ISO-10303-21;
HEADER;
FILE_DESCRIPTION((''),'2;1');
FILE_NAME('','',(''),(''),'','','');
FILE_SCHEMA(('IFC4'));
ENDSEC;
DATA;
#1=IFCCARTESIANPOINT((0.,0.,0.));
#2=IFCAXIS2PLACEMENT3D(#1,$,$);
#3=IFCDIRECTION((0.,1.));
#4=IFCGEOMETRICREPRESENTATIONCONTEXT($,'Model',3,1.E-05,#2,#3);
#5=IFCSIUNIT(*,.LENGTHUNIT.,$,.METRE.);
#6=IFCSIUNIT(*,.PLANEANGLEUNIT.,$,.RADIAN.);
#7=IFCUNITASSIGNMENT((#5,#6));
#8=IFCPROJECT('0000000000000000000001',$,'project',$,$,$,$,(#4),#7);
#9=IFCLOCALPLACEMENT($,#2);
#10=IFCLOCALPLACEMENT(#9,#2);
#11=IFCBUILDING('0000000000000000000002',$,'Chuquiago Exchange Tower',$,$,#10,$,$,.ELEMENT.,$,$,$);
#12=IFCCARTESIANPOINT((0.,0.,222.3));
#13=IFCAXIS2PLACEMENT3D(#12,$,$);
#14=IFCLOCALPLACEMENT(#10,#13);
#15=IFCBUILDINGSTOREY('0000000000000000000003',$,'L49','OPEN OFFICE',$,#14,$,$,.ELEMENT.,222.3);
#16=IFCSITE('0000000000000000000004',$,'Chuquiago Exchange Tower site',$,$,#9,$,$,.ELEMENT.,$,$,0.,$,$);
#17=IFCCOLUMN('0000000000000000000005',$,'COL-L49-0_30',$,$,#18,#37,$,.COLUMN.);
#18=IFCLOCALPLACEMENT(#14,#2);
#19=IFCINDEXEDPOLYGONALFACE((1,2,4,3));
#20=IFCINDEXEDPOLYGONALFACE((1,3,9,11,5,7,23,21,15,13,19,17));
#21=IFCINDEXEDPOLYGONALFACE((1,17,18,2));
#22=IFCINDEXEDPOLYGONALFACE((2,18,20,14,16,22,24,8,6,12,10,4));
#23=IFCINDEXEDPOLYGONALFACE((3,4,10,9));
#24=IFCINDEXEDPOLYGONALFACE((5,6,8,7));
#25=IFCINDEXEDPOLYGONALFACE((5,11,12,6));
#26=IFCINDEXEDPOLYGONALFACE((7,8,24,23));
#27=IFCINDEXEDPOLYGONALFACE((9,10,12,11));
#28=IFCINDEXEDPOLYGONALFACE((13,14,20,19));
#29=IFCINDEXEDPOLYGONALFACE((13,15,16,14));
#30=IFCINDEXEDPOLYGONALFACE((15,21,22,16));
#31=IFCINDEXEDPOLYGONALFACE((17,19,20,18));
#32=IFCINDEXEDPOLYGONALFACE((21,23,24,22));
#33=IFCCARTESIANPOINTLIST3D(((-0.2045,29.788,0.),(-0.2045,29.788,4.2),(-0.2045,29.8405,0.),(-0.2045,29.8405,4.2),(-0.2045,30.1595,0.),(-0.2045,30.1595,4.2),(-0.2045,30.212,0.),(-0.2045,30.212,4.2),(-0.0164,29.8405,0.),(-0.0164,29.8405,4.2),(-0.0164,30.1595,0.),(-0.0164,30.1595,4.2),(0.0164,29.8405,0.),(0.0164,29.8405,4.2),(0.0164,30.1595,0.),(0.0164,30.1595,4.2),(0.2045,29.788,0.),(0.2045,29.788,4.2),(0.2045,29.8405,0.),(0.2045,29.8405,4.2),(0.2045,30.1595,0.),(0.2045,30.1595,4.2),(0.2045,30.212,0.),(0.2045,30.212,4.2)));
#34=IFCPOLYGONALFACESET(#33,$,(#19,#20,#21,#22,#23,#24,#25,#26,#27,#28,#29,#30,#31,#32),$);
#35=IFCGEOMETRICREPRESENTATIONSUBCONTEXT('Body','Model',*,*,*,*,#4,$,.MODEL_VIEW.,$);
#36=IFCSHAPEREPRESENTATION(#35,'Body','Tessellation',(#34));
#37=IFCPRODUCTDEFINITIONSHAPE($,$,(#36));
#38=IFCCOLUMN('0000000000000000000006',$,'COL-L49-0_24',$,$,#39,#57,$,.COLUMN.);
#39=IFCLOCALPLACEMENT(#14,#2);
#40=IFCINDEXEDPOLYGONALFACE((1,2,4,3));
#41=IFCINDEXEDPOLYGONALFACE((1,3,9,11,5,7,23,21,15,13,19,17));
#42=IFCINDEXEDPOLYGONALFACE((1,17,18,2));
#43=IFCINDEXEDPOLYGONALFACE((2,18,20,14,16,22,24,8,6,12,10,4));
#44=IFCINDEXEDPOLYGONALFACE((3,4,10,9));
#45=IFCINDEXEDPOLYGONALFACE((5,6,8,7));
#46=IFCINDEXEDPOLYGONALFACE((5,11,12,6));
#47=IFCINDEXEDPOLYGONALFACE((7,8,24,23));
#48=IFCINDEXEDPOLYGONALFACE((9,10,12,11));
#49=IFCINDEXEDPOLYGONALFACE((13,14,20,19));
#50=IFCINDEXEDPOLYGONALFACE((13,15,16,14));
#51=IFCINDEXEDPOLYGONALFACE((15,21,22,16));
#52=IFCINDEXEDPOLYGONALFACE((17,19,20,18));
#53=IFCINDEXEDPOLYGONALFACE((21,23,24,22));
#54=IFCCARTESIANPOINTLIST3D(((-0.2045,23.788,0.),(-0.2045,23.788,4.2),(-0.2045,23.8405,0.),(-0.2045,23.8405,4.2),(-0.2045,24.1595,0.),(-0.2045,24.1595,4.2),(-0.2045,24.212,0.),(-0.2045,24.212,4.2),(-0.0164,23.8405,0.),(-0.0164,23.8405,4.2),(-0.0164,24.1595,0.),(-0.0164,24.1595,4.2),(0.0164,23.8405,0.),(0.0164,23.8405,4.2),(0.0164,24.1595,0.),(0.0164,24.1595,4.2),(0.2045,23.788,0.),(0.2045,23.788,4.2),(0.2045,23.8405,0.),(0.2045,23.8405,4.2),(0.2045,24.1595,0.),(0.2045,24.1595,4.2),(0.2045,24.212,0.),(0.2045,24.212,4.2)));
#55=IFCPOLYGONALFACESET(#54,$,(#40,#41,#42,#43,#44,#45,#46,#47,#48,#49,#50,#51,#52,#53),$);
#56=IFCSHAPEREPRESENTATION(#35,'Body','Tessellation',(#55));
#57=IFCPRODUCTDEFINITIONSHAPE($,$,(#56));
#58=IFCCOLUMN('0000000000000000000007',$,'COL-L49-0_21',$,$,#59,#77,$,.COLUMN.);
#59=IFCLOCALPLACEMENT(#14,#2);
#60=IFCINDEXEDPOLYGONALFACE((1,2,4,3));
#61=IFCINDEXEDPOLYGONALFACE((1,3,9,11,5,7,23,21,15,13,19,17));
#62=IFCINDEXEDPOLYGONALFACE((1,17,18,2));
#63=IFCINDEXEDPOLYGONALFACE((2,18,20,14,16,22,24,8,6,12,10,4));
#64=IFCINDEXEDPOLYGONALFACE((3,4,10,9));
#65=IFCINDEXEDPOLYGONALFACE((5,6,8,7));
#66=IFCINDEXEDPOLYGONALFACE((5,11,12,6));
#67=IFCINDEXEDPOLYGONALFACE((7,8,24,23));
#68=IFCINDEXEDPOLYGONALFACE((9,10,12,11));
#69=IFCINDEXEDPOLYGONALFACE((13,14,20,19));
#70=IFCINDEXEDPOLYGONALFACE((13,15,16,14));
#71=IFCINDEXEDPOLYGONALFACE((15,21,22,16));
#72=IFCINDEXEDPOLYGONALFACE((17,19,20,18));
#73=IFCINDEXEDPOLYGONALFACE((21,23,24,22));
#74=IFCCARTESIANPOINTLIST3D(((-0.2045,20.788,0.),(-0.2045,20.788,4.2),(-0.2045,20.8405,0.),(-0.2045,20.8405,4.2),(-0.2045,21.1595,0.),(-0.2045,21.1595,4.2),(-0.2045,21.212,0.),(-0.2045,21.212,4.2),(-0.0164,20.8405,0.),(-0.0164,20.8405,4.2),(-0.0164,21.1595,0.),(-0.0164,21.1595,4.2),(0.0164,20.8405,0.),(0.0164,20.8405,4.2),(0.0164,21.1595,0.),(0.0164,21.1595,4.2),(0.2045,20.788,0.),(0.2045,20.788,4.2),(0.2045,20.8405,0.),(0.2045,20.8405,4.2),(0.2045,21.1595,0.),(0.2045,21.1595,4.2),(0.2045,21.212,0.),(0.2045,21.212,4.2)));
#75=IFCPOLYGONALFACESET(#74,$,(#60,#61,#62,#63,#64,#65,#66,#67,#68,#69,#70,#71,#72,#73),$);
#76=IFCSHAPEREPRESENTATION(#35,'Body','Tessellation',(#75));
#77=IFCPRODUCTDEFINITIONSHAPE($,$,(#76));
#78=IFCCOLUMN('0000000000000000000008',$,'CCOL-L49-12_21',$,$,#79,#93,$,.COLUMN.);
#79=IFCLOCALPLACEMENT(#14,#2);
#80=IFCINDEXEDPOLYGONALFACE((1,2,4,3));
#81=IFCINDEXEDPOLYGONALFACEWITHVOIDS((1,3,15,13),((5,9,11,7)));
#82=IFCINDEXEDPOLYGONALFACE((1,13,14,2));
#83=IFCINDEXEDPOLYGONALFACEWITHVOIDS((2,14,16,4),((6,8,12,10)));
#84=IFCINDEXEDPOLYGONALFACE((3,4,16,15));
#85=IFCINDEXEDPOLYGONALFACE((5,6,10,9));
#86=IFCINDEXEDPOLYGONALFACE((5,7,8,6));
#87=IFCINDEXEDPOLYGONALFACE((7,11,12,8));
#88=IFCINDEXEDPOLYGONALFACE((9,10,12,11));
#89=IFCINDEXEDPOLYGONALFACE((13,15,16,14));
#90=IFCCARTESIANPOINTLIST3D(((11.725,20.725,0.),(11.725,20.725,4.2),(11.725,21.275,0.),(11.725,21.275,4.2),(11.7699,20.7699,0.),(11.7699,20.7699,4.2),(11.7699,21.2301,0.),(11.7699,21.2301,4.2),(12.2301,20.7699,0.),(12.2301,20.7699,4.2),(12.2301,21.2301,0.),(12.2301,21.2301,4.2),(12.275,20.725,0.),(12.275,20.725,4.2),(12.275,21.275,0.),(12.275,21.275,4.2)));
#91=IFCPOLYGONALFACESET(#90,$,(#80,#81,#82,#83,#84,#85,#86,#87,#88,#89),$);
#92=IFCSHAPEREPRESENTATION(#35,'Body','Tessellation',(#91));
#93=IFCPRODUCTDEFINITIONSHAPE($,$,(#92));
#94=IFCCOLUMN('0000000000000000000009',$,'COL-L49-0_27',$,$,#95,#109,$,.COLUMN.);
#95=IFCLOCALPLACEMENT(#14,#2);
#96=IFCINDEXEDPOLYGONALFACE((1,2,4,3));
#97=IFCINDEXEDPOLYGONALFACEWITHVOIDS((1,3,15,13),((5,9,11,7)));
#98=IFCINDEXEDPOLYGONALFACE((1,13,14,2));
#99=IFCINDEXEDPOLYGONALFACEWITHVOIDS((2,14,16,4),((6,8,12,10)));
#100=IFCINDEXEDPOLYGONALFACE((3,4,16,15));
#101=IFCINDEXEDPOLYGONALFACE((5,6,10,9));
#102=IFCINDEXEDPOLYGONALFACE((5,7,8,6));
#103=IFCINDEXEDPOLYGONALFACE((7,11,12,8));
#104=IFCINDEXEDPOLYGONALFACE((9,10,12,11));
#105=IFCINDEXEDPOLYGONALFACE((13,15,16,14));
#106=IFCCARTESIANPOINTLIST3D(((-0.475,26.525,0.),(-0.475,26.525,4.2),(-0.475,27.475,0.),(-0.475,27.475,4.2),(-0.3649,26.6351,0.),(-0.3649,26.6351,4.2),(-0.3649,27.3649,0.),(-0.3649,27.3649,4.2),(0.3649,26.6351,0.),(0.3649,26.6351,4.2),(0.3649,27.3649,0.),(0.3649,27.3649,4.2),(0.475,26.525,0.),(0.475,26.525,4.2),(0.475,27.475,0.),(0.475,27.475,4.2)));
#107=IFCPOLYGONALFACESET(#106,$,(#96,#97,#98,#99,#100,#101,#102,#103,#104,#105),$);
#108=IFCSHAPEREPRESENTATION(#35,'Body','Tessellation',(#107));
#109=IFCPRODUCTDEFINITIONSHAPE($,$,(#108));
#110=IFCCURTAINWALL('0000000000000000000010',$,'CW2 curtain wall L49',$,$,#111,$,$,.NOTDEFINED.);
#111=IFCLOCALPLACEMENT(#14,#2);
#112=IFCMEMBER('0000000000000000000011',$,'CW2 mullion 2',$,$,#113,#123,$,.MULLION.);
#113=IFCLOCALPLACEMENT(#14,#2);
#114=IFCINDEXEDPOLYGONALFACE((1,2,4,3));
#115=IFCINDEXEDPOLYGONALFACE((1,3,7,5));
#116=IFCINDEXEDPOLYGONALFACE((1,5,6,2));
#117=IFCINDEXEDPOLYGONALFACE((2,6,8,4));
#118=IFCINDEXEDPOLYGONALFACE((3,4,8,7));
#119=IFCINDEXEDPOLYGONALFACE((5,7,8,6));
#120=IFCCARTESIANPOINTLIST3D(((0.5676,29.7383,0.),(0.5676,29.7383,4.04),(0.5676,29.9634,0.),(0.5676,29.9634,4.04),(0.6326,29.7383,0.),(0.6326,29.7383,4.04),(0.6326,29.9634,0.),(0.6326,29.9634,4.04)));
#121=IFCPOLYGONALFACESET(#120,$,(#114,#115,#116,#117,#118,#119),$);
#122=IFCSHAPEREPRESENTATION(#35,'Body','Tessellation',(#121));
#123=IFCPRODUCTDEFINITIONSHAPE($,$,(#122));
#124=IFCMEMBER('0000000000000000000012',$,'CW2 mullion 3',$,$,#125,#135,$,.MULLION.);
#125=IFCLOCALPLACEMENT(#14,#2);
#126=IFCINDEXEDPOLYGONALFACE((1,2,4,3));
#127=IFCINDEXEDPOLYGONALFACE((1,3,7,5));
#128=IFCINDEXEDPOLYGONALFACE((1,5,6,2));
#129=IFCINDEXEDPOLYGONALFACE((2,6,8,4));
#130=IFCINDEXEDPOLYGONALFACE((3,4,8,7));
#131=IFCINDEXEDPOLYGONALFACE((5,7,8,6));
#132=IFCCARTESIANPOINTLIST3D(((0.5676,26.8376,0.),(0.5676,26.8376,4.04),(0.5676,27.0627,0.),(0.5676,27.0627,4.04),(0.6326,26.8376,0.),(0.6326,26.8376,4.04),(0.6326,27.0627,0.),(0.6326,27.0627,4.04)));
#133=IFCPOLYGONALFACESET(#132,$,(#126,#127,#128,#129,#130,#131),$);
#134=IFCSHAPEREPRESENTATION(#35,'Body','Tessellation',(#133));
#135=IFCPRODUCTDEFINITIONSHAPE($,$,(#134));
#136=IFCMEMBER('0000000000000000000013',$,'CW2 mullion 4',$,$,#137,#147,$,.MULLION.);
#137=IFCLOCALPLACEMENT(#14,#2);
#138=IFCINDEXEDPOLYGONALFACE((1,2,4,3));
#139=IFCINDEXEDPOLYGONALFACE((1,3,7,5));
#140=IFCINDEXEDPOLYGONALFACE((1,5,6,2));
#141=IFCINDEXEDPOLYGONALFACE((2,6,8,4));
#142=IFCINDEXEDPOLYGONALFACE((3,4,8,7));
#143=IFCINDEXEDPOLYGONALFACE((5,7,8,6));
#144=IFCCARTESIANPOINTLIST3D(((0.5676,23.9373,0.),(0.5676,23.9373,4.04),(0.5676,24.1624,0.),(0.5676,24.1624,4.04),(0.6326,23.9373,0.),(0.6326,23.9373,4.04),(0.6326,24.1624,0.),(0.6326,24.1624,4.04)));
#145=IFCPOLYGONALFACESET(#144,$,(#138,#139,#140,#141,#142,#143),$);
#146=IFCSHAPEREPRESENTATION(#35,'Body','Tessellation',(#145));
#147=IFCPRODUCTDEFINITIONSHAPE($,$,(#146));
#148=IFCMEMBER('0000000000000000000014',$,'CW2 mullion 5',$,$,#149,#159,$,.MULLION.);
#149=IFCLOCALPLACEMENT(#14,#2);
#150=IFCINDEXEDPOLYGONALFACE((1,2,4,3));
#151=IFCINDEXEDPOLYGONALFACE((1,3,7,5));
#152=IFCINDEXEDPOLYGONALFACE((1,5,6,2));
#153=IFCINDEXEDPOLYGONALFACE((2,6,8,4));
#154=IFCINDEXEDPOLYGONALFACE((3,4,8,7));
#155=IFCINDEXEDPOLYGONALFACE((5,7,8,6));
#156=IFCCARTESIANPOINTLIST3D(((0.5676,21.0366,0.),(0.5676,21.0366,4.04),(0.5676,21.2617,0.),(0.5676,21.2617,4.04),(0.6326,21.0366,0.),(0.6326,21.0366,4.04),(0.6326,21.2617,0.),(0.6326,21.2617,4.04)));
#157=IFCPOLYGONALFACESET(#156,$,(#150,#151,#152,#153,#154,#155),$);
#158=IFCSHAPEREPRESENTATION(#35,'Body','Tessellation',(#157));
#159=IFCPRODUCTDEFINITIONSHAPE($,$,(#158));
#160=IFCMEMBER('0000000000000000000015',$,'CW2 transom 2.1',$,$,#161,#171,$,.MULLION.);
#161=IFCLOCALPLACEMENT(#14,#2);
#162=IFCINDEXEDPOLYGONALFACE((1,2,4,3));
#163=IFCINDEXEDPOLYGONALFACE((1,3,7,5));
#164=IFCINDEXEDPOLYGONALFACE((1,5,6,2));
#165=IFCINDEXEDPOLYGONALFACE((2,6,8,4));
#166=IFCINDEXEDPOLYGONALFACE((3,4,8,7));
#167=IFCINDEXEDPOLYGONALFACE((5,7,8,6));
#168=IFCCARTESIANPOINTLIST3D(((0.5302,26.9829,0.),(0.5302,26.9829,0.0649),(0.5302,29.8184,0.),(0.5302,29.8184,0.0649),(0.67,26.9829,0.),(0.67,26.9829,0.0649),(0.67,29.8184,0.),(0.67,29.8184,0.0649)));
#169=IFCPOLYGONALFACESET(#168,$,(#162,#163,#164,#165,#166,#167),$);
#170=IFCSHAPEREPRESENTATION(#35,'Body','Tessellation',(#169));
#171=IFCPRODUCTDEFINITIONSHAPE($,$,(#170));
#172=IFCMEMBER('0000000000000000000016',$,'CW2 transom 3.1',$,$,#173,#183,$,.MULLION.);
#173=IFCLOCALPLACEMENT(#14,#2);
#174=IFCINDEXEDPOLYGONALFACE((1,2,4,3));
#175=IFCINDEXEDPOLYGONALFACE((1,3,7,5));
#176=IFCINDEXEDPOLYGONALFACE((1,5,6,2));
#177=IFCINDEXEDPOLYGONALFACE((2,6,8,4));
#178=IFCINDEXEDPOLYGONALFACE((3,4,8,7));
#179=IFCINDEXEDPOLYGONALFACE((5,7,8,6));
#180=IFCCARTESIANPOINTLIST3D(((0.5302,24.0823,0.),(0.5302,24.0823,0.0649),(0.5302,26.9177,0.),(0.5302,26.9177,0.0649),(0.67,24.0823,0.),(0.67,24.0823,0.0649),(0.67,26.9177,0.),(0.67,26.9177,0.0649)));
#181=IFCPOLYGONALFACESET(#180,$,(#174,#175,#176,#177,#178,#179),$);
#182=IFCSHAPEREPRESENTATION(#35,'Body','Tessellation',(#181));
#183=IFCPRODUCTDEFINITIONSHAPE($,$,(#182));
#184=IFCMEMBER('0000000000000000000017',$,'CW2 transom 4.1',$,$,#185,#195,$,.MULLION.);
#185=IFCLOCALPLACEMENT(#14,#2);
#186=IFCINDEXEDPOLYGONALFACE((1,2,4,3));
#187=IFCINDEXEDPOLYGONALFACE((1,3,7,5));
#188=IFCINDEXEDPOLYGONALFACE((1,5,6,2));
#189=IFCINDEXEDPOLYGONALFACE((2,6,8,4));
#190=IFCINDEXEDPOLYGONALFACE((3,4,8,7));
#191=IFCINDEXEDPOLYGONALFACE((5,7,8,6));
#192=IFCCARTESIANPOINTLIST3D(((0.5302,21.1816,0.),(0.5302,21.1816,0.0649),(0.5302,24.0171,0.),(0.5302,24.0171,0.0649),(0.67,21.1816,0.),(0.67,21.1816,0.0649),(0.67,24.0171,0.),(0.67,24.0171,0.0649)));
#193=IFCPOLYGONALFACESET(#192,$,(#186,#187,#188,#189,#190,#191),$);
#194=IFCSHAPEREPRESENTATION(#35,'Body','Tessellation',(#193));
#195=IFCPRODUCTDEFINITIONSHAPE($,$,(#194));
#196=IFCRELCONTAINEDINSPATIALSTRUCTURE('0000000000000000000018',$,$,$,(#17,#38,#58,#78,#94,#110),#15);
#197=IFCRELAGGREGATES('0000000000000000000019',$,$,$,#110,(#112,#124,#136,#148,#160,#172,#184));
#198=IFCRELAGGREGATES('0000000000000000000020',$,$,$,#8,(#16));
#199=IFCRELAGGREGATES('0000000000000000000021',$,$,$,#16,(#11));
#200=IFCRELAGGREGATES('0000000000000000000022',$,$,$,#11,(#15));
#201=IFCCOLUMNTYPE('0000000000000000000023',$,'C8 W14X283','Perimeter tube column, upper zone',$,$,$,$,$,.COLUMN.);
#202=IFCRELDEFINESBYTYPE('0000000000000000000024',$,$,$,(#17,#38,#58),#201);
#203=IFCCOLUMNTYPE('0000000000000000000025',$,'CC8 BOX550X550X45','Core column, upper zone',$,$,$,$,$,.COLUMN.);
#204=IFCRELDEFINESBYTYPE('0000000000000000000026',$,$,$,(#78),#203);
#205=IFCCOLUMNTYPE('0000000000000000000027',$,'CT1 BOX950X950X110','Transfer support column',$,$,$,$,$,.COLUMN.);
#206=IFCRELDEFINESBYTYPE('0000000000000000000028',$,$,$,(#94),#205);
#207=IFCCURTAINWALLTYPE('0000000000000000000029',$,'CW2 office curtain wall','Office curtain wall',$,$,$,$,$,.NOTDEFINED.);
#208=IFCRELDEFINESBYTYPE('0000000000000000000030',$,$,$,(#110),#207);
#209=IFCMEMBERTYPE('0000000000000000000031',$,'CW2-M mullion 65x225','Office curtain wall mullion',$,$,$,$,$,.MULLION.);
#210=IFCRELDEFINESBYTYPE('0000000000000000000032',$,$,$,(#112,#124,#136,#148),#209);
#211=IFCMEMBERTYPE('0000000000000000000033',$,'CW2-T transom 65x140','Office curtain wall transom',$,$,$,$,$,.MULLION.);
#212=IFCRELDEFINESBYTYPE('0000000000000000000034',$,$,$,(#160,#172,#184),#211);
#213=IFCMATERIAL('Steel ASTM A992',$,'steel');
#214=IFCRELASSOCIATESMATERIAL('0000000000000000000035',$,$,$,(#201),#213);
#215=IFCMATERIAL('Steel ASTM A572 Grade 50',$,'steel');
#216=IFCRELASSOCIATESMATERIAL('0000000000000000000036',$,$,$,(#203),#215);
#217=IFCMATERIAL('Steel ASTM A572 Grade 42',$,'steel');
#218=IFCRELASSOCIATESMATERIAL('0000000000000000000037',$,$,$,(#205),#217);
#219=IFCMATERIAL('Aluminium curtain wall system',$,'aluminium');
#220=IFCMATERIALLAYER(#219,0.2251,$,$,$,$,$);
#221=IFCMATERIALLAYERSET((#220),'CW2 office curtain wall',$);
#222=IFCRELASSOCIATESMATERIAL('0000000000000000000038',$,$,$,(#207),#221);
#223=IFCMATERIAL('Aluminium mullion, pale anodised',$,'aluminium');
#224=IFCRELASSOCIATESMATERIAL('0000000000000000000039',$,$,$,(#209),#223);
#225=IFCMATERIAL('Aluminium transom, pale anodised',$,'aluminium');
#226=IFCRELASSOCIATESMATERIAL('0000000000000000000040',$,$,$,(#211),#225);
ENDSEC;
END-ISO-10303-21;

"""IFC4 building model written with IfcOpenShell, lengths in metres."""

from ifc_helpers import new_model, si_unit, direction, frame, origin, origin_2d, place, context, subcontext, project, spatial, rectangle, hollow_rectangle, i_section, extrude, material, layer, layer_set, material_profile, profile_set, type_object, element, aggregate, save


model = new_model("IFC4")

# Units and contexts
model_context = context("Model", 3, precision=1e-05, world=origin(), true_north=direction((0.0, 1.0)))
body_context = subcontext(model_context, "Body", "Model", "MODEL_VIEW")
ifc_project = project(units=[si_unit("LENGTHUNIT", "METRE"), si_unit("PLANEANGLEUNIT", "RADIAN")], contexts=[model_context])

# Site, building, storey
site_placement = place(None, origin())
site = spatial("IfcSite", under=ifc_project, at=site_placement, Name="Chuquiago Exchange Tower site", CompositionType="ELEMENT", RefElevation=0.0)
building_placement = place(site_placement, origin())
building = spatial("IfcBuilding", under=site, at=building_placement, Name="Chuquiago Exchange Tower", CompositionType="ELEMENT")
storey_placement = place(building_placement, frame((0.0, 0.0, 222.3)))
storey = spatial("IfcBuildingStorey", under=building, at=storey_placement, Name="L49", Description="OPEN OFFICE", CompositionType="ELEMENT", Elevation=222.3)

# Columns
ifc_material_1 = material(Name="Steel ASTM A992", Category="steel")
ifc_material_profile_1 = material_profile(ifc_material_1, i_section(OverallWidth=0.4089, OverallDepth=0.4241, WebThickness=0.0327, FlangeThickness=0.0525, at=origin_2d()), Name="W14X283")
ifc_profile_set_1 = profile_set([ifc_material_profile_1], Name="Steel ASTM A992")
column_type_1 = type_object("IfcColumnType", Name="C8 W14X283", Description="Perimeter tube column, upper zone", PredefinedType="COLUMN", material=ifc_profile_set_1)
for number, where, z_axis, x_axis, name in (
    (1, (0.0, 30.0, 0.0), (0.0, 0.0, 1.0), (-1.0, 0.0, 0.0), "COL-L49-0_30"),
    (2, (0.0, 24.0, 0.0), (0.0, 0.0, 1.0), (-1.0, 0.0, 0.0), "COL-L49-0_24"),
    (3, (0.0, 21.0, 0.0), (0.0, 0.0, 1.0), (-1.0, 0.0, 0.0), "COL-L49-0_21"),
):
    element("IfcColumn", number, at=place(storey_placement, frame(where, z_axis=z_axis, x_axis=x_axis)), inside=storey, type_object=column_type_1, Name=name, PredefinedType="COLUMN", context=body_context, shape_type="SweptSolid", body=[
        extrude(i_section(OverallWidth=0.4089, OverallDepth=0.4241, WebThickness=0.0327, FlangeThickness=0.0525, at=origin_2d()), origin(), (0.0, 0.0, 1.0), 4.2),
    ])
ifc_material_2 = material(Name="Steel ASTM A572 Grade 50", Category="steel")
ifc_material_profile_2 = material_profile(ifc_material_2, hollow_rectangle(XDim=0.55, YDim=0.55, WallThickness=0.0449, at=origin_2d()), Name="BOX550X550X45")
ifc_profile_set_2 = profile_set([ifc_material_profile_2], Name="Steel ASTM A572 Grade 50")
column_type_2 = type_object("IfcColumnType", Name="CC8 BOX550X550X45", Description="Core column, upper zone", PredefinedType="COLUMN", material=ifc_profile_set_2)
column_1_placement = place(storey_placement, frame((12.0, 21.0, 0.0), z_axis=(0.0, 0.0, 1.0), x_axis=(1.0, 0.0, 0.0)))
element("IfcColumn", 4, at=column_1_placement, inside=storey, type_object=column_type_2, Name="CCOL-L49-12_21", PredefinedType="COLUMN", context=body_context, shape_type="SweptSolid", body=[
    extrude(hollow_rectangle(XDim=0.55, YDim=0.55, WallThickness=0.0449, at=origin_2d()), origin(), (0.0, 0.0, 1.0), 4.2),
])
ifc_material_3 = material(Name="Steel ASTM A572 Grade 42", Category="steel")
ifc_material_profile_3 = material_profile(ifc_material_3, hollow_rectangle(XDim=0.95, YDim=0.95, WallThickness=0.1101, at=origin_2d()), Name="BOX950X950X110")
ifc_profile_set_3 = profile_set([ifc_material_profile_3], Name="Steel ASTM A572 Grade 42")
column_type_3 = type_object("IfcColumnType", Name="CT1 BOX950X950X110", Description="Transfer support column", PredefinedType="COLUMN", material=ifc_profile_set_3)
column_2_placement = place(storey_placement, frame((0.0, 27.0, 0.0), z_axis=(0.0, 0.0, 1.0), x_axis=(-1.0, 0.0, 0.0)))
element("IfcColumn", 5, at=column_2_placement, inside=storey, type_object=column_type_3, Name="COL-L49-0_27", PredefinedType="COLUMN", context=body_context, shape_type="SweptSolid", body=[
    extrude(hollow_rectangle(XDim=0.95, YDim=0.95, WallThickness=0.1101, at=origin_2d()), origin(), (0.0, 0.0, 1.0), 4.2),
])

# Curtain wall, members
ifc_material_4 = material(Name="Aluminium curtain wall system", Category="aluminium")
ifc_layer_1 = layer(ifc_material_4, 0.2251)
ifc_layer_set_1 = layer_set([ifc_layer_1], Name="CW2 office curtain wall")
curtain_wall_type = type_object("IfcCurtainWallType", Name="CW2 office curtain wall", Description="Office curtain wall", PredefinedType="NOTDEFINED", material=ifc_layer_set_1)
curtain_wall_placement = place(storey_placement, origin())
curtain_wall = element("IfcCurtainWall", 6, at=curtain_wall_placement, inside=storey, type_object=curtain_wall_type, Name="CW2 curtain wall L49", PredefinedType="NOTDEFINED")
ifc_material_5 = material(Name="Aluminium mullion, pale anodised", Category="aluminium")
ifc_material_profile_4 = material_profile(ifc_material_5, rectangle(XDim=0.0649, YDim=0.2251, at=origin_2d()), Name="AL 65x225")
ifc_profile_set_4 = profile_set([ifc_material_profile_4], Name="Aluminium mullion, pale anodised")
member_type_1 = type_object("IfcMemberType", Name="CW2-M mullion 65x225", Description="Office curtain wall mullion", PredefinedType="MULLION", material=ifc_profile_set_4)
member_1_placement = place(storey_placement, frame((0.6001, 29.8508, 0.0), z_axis=(0.0, 0.0, 1.0), x_axis=(1.0, 0.0, 0.0)))
member_1 = element("IfcMember", 7, at=member_1_placement, type_object=member_type_1, Name="CW2 mullion 2", PredefinedType="MULLION", context=body_context, shape_type="SweptSolid", body=[
    extrude(rectangle(XDim=0.0649, YDim=0.2251, at=origin_2d()), origin(), (0.0, 0.0, 1.0), 4.04),
])
member_2_placement = place(storey_placement, frame((0.6001, 26.9502, 0.0), z_axis=(0.0, 0.0, 1.0), x_axis=(1.0, 0.0, 0.0)))
member_2 = element("IfcMember", 8, at=member_2_placement, type_object=member_type_1, Name="CW2 mullion 3", PredefinedType="MULLION", context=body_context, shape_type="SweptSolid", body=[
    extrude(rectangle(XDim=0.0649, YDim=0.2251, at=origin_2d()), origin(), (0.0, 0.0, 1.0), 4.04),
])
member_3_placement = place(storey_placement, frame((0.6001, 24.0498, 0.0), z_axis=(0.0, 0.0, 1.0), x_axis=(1.0, 0.0, 0.0)))
member_3 = element("IfcMember", 9, at=member_3_placement, type_object=member_type_1, Name="CW2 mullion 4", PredefinedType="MULLION", context=body_context, shape_type="SweptSolid", body=[
    extrude(rectangle(XDim=0.0649, YDim=0.2251, at=origin_2d()), origin(), (0.0, 0.0, 1.0), 4.04),
])
member_4_placement = place(storey_placement, frame((0.6001, 21.1492, 0.0), z_axis=(0.0, 0.0, 1.0), x_axis=(1.0, 0.0, 0.0)))
member_4 = element("IfcMember", 10, at=member_4_placement, type_object=member_type_1, Name="CW2 mullion 5", PredefinedType="MULLION", context=body_context, shape_type="SweptSolid", body=[
    extrude(rectangle(XDim=0.0649, YDim=0.2251, at=origin_2d()), origin(), (0.0, 0.0, 1.0), 4.04),
])
ifc_material_6 = material(Name="Aluminium transom, pale anodised", Category="aluminium")
ifc_material_profile_5 = material_profile(ifc_material_6, rectangle(XDim=0.1399, YDim=0.0649, at=origin_2d()), Name="AL 140x65")
ifc_profile_set_5 = profile_set([ifc_material_profile_5], Name="Aluminium transom, pale anodised")
member_type_2 = type_object("IfcMemberType", Name="CW2-T transom 65x140", Description="Office curtain wall transom", PredefinedType="MULLION", material=ifc_profile_set_5)
member_5_placement = place(storey_placement, frame((0.6001, 29.8184, 0.0325), z_axis=(0.0, -1.0, 0.0), x_axis=(1.0, 0.0, 0.0)))
member_5 = element("IfcMember", 11, at=member_5_placement, type_object=member_type_2, Name="CW2 transom 2.1", PredefinedType="MULLION", context=body_context, shape_type="SweptSolid", body=[
    extrude(rectangle(XDim=0.1399, YDim=0.0649, at=origin_2d()), origin(), (0.0, 0.0, 1.0), 2.8354),
])
member_6_placement = place(storey_placement, frame((0.6001, 26.9177, 0.0325), z_axis=(0.0, -1.0, 0.0), x_axis=(1.0, 0.0, 0.0)))
member_6 = element("IfcMember", 12, at=member_6_placement, type_object=member_type_2, Name="CW2 transom 3.1", PredefinedType="MULLION", context=body_context, shape_type="SweptSolid", body=[
    extrude(rectangle(XDim=0.1399, YDim=0.0649, at=origin_2d()), origin(), (0.0, 0.0, 1.0), 2.8354),
])
member_7_placement = place(storey_placement, frame((0.6001, 24.0171, 0.0325), z_axis=(0.0, -1.0, 0.0), x_axis=(1.0, 0.0, 0.0)))
member_7 = element("IfcMember", 13, at=member_7_placement, type_object=member_type_2, Name="CW2 transom 4.1", PredefinedType="MULLION", context=body_context, shape_type="SweptSolid", body=[
    extrude(rectangle(XDim=0.1399, YDim=0.0649, at=origin_2d()), origin(), (0.0, 0.0, 1.0), 2.8354),
])

aggregate(curtain_wall, [member_1, member_2, member_3, member_4, member_5, member_6, member_7])

save(model, "model.ifc")
